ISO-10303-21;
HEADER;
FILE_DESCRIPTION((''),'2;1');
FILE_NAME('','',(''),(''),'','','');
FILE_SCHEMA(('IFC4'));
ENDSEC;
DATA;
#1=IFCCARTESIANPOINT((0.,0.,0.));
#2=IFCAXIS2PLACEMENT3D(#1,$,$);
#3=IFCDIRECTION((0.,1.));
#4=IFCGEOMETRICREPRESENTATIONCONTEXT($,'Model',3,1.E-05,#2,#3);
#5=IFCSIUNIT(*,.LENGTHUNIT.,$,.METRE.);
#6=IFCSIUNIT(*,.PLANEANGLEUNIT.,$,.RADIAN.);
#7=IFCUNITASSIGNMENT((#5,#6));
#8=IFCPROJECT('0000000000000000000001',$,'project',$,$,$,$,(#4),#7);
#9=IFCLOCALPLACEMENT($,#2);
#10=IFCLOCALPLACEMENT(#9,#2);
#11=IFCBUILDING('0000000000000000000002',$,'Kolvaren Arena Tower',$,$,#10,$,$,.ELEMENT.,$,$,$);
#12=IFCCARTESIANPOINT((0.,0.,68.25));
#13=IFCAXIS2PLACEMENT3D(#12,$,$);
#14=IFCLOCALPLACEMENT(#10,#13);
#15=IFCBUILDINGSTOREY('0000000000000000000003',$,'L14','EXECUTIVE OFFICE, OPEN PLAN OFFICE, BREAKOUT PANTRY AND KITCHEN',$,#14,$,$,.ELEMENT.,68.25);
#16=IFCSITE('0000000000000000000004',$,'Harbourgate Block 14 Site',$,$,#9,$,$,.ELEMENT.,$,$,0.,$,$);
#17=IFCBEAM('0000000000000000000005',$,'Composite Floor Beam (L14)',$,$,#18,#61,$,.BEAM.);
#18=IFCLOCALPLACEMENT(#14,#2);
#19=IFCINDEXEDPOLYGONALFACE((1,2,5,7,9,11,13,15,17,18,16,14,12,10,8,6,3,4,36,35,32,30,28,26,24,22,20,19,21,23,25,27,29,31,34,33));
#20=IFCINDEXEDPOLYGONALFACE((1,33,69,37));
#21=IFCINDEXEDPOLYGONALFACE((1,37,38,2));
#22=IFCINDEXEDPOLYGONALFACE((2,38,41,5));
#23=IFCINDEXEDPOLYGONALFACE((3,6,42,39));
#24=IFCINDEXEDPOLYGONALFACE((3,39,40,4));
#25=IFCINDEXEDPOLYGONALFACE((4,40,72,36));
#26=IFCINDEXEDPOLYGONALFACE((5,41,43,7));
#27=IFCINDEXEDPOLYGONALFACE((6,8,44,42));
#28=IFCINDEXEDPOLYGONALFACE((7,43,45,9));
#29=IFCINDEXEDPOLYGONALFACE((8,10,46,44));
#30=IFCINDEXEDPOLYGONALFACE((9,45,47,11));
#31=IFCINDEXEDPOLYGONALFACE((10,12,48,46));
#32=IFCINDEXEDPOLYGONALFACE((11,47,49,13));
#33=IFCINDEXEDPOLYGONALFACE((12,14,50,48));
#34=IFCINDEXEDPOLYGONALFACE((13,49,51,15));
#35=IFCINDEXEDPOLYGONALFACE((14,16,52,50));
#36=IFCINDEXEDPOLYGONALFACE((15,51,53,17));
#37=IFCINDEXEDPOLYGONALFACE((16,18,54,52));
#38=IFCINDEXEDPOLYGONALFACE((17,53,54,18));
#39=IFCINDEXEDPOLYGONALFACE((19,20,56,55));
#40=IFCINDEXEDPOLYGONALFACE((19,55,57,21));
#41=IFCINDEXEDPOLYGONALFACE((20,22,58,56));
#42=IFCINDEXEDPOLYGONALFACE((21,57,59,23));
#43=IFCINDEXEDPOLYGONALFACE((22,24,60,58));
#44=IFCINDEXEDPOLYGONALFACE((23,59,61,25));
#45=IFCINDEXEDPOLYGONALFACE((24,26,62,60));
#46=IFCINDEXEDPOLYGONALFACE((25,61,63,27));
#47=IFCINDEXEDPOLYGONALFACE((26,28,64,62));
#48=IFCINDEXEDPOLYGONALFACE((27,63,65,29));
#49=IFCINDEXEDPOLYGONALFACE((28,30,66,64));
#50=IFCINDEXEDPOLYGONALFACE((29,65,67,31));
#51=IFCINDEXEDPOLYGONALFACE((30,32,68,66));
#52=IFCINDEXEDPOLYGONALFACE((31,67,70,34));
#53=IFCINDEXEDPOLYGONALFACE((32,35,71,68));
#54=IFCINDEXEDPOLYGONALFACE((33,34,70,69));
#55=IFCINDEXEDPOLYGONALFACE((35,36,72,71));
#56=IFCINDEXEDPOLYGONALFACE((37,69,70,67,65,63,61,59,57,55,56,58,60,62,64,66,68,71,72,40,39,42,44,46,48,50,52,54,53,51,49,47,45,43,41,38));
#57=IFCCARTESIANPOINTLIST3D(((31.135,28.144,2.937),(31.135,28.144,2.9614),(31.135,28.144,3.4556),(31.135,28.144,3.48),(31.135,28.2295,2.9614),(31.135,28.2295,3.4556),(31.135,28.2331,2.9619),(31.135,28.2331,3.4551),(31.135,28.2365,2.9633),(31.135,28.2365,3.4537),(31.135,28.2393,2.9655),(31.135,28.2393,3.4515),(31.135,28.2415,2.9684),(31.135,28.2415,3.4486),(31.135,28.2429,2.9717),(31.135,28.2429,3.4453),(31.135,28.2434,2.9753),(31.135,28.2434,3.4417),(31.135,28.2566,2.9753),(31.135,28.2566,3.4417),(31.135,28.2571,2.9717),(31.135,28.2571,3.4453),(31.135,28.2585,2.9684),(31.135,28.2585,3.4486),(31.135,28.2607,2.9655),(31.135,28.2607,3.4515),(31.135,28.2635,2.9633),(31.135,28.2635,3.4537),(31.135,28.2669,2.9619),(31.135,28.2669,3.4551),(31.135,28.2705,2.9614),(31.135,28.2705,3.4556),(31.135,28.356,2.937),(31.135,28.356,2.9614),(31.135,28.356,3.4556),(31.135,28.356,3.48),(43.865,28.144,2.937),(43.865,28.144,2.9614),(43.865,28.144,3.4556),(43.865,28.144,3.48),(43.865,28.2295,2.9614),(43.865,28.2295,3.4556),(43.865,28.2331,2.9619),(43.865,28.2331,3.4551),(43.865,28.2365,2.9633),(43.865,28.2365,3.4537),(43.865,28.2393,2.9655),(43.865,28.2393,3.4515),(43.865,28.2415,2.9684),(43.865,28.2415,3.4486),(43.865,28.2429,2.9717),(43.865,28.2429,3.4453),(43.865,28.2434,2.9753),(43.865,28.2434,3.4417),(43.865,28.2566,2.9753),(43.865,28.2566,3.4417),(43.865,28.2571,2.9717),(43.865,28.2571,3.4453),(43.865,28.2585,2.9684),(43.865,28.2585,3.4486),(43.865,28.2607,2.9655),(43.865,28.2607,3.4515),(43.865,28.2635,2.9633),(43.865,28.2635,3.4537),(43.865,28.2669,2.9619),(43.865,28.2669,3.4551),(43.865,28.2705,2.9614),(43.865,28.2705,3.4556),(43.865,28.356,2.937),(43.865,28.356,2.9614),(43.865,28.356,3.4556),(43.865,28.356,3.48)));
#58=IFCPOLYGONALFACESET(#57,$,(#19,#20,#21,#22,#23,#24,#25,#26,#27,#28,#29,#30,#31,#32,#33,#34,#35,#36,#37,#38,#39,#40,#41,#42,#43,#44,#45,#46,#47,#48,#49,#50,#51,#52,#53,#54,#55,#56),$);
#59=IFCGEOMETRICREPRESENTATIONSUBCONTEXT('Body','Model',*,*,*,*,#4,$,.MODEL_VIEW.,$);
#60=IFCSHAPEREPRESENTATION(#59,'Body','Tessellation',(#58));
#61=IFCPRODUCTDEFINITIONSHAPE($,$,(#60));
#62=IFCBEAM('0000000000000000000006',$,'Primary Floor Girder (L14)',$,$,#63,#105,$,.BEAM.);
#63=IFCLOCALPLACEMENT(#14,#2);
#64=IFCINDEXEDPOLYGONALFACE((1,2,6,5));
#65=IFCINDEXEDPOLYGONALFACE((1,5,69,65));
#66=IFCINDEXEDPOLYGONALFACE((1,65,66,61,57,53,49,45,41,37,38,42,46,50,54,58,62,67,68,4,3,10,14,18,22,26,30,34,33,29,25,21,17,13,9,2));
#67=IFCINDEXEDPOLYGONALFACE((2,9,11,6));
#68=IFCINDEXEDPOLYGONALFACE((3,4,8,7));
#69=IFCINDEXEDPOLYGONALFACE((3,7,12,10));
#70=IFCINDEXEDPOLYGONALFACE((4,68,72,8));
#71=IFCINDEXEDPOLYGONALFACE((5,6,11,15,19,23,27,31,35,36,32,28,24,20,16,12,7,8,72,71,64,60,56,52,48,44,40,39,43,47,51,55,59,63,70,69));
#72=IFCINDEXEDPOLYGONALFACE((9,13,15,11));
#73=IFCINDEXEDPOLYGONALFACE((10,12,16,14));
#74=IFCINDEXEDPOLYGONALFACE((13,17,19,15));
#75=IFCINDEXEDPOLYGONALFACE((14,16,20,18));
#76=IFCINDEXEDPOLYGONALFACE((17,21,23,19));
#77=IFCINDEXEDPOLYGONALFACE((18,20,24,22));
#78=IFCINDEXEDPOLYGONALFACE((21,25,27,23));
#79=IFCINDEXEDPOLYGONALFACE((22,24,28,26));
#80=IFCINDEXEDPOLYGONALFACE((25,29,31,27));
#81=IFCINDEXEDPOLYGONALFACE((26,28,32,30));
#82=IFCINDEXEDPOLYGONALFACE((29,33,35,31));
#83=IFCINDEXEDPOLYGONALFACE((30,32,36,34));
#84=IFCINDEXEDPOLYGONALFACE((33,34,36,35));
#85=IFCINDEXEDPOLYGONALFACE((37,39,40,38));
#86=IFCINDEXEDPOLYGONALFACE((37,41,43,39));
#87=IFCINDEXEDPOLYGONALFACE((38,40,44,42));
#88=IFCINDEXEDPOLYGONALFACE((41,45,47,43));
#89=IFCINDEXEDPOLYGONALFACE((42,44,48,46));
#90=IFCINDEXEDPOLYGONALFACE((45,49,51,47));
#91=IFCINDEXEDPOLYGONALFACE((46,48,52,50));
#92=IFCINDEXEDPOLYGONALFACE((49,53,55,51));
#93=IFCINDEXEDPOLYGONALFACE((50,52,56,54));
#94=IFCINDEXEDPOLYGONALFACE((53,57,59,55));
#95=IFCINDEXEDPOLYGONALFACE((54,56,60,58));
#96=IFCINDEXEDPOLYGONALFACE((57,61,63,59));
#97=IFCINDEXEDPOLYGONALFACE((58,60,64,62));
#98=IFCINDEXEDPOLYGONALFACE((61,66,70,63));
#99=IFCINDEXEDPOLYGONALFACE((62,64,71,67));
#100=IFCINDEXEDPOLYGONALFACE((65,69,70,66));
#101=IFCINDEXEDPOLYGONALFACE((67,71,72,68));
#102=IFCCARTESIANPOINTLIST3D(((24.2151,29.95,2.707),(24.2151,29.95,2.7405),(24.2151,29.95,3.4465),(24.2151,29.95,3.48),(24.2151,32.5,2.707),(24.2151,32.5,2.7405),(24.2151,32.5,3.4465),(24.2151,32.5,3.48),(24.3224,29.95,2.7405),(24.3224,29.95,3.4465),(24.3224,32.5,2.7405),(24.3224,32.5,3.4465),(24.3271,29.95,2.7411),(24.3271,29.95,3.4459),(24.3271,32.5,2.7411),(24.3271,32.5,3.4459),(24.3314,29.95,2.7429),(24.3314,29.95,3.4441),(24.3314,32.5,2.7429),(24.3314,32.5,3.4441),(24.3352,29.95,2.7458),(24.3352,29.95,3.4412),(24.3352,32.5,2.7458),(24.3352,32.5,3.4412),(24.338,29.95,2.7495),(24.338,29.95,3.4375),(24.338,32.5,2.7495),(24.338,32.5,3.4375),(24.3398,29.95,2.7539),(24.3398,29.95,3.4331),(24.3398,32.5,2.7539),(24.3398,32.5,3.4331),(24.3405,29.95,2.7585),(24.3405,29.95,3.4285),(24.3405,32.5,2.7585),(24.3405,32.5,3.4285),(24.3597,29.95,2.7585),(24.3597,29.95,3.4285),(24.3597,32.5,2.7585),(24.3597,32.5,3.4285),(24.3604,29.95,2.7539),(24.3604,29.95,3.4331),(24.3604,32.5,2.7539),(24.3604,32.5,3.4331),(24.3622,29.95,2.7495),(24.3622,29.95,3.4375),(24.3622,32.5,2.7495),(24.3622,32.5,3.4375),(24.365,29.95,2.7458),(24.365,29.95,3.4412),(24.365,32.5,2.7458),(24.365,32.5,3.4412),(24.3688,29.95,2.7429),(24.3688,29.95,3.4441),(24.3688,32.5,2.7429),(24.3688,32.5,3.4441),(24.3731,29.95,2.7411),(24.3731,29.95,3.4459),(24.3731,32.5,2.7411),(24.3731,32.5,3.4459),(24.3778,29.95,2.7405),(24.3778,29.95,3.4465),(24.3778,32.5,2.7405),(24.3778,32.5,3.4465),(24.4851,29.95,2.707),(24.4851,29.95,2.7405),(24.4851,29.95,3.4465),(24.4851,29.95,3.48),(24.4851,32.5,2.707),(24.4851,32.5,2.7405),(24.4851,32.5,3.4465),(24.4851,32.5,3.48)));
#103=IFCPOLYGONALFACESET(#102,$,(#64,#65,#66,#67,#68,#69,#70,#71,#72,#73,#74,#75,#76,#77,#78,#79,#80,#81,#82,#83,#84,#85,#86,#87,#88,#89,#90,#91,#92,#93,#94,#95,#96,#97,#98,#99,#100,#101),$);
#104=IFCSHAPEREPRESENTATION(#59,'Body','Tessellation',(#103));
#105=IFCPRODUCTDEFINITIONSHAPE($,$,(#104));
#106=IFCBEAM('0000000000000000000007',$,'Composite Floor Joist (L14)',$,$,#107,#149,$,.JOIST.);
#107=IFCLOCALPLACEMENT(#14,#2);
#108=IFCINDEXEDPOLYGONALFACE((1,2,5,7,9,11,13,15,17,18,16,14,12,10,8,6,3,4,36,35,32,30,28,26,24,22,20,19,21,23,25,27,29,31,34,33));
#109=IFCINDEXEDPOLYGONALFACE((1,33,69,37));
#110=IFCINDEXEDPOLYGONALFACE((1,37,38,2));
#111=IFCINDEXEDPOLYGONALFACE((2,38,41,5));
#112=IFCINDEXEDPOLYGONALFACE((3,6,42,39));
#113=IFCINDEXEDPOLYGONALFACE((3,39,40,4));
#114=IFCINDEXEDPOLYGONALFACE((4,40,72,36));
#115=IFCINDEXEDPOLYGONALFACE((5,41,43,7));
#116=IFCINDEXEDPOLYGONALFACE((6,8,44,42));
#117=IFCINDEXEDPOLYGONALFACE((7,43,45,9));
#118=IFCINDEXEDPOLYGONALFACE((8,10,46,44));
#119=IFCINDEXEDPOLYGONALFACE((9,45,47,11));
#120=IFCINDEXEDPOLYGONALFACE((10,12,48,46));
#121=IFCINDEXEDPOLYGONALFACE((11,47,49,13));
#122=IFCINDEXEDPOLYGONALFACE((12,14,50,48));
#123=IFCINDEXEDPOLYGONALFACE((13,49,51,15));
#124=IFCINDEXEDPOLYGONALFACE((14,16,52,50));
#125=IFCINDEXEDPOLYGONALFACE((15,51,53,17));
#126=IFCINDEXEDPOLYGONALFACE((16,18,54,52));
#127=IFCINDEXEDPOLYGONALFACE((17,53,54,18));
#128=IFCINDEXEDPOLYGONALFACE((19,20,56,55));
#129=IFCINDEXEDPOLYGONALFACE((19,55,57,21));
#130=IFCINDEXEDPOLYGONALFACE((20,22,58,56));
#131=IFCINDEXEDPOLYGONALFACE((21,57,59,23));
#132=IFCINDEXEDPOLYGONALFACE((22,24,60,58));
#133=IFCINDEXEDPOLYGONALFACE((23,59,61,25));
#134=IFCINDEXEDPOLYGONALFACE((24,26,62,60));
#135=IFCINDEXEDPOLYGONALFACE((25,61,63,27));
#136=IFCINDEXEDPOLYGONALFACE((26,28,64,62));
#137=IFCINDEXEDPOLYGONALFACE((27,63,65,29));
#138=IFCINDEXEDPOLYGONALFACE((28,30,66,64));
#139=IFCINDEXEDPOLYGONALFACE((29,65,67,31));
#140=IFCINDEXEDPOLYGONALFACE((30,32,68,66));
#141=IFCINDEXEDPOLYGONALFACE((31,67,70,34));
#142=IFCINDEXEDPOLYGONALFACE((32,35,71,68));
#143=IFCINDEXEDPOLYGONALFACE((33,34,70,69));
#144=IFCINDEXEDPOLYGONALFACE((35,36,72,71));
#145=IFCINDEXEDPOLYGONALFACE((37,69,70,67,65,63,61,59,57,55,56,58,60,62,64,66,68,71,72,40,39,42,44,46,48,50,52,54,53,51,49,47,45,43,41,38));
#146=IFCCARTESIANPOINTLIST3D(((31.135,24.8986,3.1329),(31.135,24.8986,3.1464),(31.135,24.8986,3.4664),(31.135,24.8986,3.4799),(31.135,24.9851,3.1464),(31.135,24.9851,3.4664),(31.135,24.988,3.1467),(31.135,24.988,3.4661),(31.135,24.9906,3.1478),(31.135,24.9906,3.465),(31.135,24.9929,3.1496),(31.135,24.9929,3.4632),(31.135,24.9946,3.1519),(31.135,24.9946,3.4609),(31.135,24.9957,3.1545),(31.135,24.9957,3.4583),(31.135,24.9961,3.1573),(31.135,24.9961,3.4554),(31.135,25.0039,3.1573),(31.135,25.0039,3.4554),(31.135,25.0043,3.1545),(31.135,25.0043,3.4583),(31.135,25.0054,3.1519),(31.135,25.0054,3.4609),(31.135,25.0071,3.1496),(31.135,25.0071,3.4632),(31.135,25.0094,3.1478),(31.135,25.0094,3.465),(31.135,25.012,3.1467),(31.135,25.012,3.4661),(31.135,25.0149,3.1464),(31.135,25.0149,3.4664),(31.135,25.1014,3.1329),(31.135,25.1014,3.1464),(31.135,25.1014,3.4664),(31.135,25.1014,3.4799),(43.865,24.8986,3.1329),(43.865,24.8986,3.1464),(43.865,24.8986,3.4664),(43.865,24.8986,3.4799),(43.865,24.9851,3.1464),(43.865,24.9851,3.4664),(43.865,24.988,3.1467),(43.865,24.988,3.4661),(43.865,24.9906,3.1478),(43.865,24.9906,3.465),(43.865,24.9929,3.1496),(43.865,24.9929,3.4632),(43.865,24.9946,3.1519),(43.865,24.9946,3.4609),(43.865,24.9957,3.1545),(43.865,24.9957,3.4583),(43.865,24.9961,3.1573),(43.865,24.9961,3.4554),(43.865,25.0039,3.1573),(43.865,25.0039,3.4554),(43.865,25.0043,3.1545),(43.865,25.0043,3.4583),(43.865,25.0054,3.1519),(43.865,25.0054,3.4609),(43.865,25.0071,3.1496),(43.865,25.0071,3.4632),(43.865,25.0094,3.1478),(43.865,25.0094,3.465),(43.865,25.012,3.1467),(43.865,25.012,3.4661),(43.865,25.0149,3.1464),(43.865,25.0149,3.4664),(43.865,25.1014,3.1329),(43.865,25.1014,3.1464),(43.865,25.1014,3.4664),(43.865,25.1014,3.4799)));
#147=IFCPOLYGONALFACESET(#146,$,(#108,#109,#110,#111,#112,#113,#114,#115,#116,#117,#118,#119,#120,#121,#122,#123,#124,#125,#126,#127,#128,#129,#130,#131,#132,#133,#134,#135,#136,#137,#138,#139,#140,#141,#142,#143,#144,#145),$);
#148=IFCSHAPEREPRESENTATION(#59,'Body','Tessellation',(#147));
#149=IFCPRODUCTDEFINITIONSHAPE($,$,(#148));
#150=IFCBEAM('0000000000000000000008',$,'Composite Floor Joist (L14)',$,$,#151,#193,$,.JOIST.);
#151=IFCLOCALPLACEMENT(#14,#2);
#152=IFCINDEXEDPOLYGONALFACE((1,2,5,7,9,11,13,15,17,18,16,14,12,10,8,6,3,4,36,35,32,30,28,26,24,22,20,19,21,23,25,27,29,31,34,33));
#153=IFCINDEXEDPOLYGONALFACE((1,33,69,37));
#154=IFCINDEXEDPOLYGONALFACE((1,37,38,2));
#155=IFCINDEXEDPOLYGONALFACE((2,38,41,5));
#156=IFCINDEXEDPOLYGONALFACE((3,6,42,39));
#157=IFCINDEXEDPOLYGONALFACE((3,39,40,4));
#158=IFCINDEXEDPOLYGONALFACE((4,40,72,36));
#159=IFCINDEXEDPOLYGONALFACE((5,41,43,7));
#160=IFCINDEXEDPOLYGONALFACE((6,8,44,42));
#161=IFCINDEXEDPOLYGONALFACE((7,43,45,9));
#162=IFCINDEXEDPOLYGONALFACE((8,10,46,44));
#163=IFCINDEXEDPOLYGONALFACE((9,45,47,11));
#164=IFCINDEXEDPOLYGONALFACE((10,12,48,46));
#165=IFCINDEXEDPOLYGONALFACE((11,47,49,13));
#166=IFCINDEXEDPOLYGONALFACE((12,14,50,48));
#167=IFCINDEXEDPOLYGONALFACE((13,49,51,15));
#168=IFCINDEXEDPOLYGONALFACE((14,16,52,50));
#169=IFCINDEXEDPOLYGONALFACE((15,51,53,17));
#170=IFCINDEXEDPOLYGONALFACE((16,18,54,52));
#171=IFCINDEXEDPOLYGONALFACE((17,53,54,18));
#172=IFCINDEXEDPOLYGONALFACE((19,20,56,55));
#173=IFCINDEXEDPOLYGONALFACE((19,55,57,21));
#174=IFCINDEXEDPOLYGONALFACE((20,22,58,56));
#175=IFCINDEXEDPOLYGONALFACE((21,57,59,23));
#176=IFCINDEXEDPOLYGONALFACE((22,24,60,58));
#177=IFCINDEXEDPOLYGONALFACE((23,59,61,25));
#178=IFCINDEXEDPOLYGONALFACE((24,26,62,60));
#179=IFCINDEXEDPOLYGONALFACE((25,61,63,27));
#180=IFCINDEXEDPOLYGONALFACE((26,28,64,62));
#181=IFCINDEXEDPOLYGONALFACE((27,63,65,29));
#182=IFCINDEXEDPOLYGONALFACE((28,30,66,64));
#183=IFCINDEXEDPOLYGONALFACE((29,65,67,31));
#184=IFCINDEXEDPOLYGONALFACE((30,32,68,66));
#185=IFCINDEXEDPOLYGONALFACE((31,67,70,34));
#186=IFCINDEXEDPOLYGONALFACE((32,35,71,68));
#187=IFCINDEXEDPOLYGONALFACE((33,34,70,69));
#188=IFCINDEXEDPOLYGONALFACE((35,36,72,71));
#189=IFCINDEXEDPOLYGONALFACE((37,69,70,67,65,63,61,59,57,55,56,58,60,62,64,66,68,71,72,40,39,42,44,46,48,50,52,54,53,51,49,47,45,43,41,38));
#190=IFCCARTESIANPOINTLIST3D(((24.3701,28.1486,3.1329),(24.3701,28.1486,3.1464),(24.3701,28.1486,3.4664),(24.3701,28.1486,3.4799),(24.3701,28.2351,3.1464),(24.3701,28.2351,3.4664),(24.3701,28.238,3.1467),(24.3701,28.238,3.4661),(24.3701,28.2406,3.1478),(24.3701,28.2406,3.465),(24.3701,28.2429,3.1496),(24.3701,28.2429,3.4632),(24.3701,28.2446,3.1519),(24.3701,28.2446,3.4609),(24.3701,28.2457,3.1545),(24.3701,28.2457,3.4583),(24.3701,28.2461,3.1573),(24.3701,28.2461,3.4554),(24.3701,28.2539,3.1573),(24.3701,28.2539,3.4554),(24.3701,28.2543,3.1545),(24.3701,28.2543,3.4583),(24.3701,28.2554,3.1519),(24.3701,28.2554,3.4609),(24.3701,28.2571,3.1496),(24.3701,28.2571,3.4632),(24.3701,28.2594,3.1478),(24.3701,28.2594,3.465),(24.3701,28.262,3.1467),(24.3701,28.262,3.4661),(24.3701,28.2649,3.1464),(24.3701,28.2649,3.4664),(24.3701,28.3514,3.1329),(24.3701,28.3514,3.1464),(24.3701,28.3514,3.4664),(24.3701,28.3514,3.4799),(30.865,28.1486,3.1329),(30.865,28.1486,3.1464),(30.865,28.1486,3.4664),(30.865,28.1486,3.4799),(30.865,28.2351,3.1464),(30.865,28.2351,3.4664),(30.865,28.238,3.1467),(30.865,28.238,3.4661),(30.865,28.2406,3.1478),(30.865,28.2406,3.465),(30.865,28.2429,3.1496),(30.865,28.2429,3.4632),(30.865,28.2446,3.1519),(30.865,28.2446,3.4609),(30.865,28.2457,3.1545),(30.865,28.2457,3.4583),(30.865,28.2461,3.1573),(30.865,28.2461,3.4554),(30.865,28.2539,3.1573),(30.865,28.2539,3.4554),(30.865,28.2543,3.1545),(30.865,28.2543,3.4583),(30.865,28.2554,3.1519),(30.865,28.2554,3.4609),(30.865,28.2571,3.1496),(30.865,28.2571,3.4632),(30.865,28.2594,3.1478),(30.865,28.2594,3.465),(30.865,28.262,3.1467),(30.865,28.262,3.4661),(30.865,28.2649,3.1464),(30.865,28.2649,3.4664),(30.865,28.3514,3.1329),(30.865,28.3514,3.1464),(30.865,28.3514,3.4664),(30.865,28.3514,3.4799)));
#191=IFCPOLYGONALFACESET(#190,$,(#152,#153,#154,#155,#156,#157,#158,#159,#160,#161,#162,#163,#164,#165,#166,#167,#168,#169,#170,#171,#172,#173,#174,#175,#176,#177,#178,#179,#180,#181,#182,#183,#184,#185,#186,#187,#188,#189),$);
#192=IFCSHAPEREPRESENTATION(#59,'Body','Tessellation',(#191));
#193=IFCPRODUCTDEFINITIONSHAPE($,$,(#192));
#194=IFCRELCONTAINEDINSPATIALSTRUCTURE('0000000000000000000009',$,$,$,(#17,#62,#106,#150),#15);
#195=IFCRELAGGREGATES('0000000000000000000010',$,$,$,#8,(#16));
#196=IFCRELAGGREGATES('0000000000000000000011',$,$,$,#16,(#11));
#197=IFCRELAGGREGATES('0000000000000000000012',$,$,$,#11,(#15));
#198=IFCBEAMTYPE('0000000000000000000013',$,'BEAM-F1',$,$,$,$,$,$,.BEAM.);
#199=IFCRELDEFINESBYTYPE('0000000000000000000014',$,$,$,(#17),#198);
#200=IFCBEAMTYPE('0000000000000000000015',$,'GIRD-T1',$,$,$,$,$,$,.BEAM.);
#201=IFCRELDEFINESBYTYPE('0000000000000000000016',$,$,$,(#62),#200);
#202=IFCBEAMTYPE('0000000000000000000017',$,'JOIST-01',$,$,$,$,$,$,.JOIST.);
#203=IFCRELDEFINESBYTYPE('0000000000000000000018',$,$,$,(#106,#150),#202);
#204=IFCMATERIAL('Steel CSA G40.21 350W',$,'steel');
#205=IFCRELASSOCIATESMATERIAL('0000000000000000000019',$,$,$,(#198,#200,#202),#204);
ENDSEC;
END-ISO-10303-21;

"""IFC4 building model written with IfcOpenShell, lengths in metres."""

from ifc_helpers import new_model, si_unit, direction, frame, origin, origin_2d, place, context, subcontext, project, spatial, i_section, extrude, material, material_profile, profile_set, type_object, element, save


model = new_model("IFC4")

# Units and contexts
model_context = context("Model", 3, precision=1e-05, world=origin(), true_north=direction((0.0, 1.0)))
body_context = subcontext(model_context, "Body", "Model", "MODEL_VIEW")
ifc_project = project(units=[si_unit("LENGTHUNIT", "METRE"), si_unit("PLANEANGLEUNIT", "RADIAN")], contexts=[model_context])

# Site, building, storey
site_placement = place(None, origin())
site = spatial("IfcSite", under=ifc_project, at=site_placement, Name="Harbourgate Block 14 Site", CompositionType="ELEMENT", RefElevation=0.0)
building_placement = place(site_placement, origin())
building = spatial("IfcBuilding", under=site, at=building_placement, Name="Kolvaren Arena Tower", CompositionType="ELEMENT")
storey_placement = place(building_placement, frame((0.0, 0.0, 68.25)))
storey = spatial("IfcBuildingStorey", under=building, at=storey_placement, Name="L14", Description="EXECUTIVE OFFICE, OPEN PLAN OFFICE, BREAKOUT PANTRY AND KITCHEN", CompositionType="ELEMENT", Elevation=68.25)

# Beams
ifc_material_1 = material(Name="Steel CSA G40.21 350W", Category="steel")
ifc_material_profile_1 = material_profile(ifc_material_1, i_section(OverallWidth=0.2119, OverallDepth=0.543, WebThickness=0.0132, FlangeThickness=0.0244, FilletRadius=0.0139, at=origin_2d()), Name="W530x150")
ifc_profile_set_1 = profile_set([ifc_material_profile_1], Name="Steel CSA G40.21 350W")
beam_type_1 = type_object("IfcBeamType", Name="BEAM-F1", PredefinedType="BEAM", material=ifc_profile_set_1)
beam_1_placement = place(storey_placement, frame((31.135, 28.25, 3.2085), z_axis=(1.0, 0.0, 0.0), x_axis=(0.0, 1.0, 0.0)))
element("IfcBeam", 1, at=beam_1_placement, inside=storey, type_object=beam_type_1, Name="Composite Floor Beam (L14)", PredefinedType="BEAM", context=body_context, shape_type="SweptSolid", body=[
    extrude(i_section(OverallWidth=0.2119, OverallDepth=0.543, WebThickness=0.0132, FlangeThickness=0.0244, FilletRadius=0.0139, at=origin_2d()), origin(), (0.0, 0.0, 1.0), 12.73),
])
ifc_material_profile_2 = material_profile(ifc_material_1, i_section(OverallWidth=0.27, OverallDepth=0.7729, WebThickness=0.0193, FlangeThickness=0.0334, FilletRadius=0.0181, at=origin_2d()), Name="W760x257")
ifc_profile_set_2 = profile_set([ifc_material_profile_2], Name="Steel CSA G40.21 350W")
beam_type_2 = type_object("IfcBeamType", Name="GIRD-T1", PredefinedType="BEAM", material=ifc_profile_set_2)
beam_2_placement = place(storey_placement, frame((24.3501, 29.95, 3.0935), z_axis=(0.0, 1.0, 0.0), x_axis=(-1.0, 0.0, 0.0)))
element("IfcBeam", 2, at=beam_2_placement, inside=storey, type_object=beam_type_2, Name="Primary Floor Girder (L14)", PredefinedType="BEAM", context=body_context, shape_type="SweptSolid", body=[
    extrude(i_section(OverallWidth=0.27, OverallDepth=0.7729, WebThickness=0.0193, FlangeThickness=0.0334, FilletRadius=0.0181, at=origin_2d()), origin(), (0.0, 0.0, 1.0), 2.55),
])
ifc_material_profile_3 = material_profile(ifc_material_1, i_section(OverallWidth=0.2029, OverallDepth=0.3469, WebThickness=0.0078, FlangeThickness=0.0134, FilletRadius=0.011, at=origin_2d()), Name="W360x64")
ifc_profile_set_3 = profile_set([ifc_material_profile_3], Name="Steel CSA G40.21 350W")
beam_type_3 = type_object("IfcBeamType", Name="JOIST-01", PredefinedType="JOIST", material=ifc_profile_set_3)
beam_3_placement = place(storey_placement, frame((31.135, 25.0, 3.3064), z_axis=(1.0, 0.0, 0.0), x_axis=(0.0, 1.0, 0.0)))
element("IfcBeam", 3, at=beam_3_placement, inside=storey, type_object=beam_type_3, Name="Composite Floor Joist (L14)", PredefinedType="JOIST", context=body_context, shape_type="SweptSolid", body=[
    extrude(i_section(OverallWidth=0.2029, OverallDepth=0.3469, WebThickness=0.0078, FlangeThickness=0.0134, FilletRadius=0.011, at=origin_2d()), origin(), (0.0, 0.0, 1.0), 12.73),
])
for number, where, z_axis, x_axis, name in (
    (4, (24.3701, 28.25, 3.3064), (1.0, 0.0, 0.0), (0.0, 1.0, 0.0), "Composite Floor Joist (L14)"),
):
    element("IfcBeam", number, at=place(storey_placement, frame(where, z_axis=z_axis, x_axis=x_axis)), inside=storey, type_object=beam_type_3, Name=name, PredefinedType="JOIST", context=body_context, shape_type="SweptSolid", body=[
        extrude(i_section(OverallWidth=0.2029, OverallDepth=0.3469, WebThickness=0.0078, FlangeThickness=0.0134, FilletRadius=0.011, at=origin_2d()), origin(), (0.0, 0.0, 1.0), 6.4949),
    ])

save(model, "model.ifc")
